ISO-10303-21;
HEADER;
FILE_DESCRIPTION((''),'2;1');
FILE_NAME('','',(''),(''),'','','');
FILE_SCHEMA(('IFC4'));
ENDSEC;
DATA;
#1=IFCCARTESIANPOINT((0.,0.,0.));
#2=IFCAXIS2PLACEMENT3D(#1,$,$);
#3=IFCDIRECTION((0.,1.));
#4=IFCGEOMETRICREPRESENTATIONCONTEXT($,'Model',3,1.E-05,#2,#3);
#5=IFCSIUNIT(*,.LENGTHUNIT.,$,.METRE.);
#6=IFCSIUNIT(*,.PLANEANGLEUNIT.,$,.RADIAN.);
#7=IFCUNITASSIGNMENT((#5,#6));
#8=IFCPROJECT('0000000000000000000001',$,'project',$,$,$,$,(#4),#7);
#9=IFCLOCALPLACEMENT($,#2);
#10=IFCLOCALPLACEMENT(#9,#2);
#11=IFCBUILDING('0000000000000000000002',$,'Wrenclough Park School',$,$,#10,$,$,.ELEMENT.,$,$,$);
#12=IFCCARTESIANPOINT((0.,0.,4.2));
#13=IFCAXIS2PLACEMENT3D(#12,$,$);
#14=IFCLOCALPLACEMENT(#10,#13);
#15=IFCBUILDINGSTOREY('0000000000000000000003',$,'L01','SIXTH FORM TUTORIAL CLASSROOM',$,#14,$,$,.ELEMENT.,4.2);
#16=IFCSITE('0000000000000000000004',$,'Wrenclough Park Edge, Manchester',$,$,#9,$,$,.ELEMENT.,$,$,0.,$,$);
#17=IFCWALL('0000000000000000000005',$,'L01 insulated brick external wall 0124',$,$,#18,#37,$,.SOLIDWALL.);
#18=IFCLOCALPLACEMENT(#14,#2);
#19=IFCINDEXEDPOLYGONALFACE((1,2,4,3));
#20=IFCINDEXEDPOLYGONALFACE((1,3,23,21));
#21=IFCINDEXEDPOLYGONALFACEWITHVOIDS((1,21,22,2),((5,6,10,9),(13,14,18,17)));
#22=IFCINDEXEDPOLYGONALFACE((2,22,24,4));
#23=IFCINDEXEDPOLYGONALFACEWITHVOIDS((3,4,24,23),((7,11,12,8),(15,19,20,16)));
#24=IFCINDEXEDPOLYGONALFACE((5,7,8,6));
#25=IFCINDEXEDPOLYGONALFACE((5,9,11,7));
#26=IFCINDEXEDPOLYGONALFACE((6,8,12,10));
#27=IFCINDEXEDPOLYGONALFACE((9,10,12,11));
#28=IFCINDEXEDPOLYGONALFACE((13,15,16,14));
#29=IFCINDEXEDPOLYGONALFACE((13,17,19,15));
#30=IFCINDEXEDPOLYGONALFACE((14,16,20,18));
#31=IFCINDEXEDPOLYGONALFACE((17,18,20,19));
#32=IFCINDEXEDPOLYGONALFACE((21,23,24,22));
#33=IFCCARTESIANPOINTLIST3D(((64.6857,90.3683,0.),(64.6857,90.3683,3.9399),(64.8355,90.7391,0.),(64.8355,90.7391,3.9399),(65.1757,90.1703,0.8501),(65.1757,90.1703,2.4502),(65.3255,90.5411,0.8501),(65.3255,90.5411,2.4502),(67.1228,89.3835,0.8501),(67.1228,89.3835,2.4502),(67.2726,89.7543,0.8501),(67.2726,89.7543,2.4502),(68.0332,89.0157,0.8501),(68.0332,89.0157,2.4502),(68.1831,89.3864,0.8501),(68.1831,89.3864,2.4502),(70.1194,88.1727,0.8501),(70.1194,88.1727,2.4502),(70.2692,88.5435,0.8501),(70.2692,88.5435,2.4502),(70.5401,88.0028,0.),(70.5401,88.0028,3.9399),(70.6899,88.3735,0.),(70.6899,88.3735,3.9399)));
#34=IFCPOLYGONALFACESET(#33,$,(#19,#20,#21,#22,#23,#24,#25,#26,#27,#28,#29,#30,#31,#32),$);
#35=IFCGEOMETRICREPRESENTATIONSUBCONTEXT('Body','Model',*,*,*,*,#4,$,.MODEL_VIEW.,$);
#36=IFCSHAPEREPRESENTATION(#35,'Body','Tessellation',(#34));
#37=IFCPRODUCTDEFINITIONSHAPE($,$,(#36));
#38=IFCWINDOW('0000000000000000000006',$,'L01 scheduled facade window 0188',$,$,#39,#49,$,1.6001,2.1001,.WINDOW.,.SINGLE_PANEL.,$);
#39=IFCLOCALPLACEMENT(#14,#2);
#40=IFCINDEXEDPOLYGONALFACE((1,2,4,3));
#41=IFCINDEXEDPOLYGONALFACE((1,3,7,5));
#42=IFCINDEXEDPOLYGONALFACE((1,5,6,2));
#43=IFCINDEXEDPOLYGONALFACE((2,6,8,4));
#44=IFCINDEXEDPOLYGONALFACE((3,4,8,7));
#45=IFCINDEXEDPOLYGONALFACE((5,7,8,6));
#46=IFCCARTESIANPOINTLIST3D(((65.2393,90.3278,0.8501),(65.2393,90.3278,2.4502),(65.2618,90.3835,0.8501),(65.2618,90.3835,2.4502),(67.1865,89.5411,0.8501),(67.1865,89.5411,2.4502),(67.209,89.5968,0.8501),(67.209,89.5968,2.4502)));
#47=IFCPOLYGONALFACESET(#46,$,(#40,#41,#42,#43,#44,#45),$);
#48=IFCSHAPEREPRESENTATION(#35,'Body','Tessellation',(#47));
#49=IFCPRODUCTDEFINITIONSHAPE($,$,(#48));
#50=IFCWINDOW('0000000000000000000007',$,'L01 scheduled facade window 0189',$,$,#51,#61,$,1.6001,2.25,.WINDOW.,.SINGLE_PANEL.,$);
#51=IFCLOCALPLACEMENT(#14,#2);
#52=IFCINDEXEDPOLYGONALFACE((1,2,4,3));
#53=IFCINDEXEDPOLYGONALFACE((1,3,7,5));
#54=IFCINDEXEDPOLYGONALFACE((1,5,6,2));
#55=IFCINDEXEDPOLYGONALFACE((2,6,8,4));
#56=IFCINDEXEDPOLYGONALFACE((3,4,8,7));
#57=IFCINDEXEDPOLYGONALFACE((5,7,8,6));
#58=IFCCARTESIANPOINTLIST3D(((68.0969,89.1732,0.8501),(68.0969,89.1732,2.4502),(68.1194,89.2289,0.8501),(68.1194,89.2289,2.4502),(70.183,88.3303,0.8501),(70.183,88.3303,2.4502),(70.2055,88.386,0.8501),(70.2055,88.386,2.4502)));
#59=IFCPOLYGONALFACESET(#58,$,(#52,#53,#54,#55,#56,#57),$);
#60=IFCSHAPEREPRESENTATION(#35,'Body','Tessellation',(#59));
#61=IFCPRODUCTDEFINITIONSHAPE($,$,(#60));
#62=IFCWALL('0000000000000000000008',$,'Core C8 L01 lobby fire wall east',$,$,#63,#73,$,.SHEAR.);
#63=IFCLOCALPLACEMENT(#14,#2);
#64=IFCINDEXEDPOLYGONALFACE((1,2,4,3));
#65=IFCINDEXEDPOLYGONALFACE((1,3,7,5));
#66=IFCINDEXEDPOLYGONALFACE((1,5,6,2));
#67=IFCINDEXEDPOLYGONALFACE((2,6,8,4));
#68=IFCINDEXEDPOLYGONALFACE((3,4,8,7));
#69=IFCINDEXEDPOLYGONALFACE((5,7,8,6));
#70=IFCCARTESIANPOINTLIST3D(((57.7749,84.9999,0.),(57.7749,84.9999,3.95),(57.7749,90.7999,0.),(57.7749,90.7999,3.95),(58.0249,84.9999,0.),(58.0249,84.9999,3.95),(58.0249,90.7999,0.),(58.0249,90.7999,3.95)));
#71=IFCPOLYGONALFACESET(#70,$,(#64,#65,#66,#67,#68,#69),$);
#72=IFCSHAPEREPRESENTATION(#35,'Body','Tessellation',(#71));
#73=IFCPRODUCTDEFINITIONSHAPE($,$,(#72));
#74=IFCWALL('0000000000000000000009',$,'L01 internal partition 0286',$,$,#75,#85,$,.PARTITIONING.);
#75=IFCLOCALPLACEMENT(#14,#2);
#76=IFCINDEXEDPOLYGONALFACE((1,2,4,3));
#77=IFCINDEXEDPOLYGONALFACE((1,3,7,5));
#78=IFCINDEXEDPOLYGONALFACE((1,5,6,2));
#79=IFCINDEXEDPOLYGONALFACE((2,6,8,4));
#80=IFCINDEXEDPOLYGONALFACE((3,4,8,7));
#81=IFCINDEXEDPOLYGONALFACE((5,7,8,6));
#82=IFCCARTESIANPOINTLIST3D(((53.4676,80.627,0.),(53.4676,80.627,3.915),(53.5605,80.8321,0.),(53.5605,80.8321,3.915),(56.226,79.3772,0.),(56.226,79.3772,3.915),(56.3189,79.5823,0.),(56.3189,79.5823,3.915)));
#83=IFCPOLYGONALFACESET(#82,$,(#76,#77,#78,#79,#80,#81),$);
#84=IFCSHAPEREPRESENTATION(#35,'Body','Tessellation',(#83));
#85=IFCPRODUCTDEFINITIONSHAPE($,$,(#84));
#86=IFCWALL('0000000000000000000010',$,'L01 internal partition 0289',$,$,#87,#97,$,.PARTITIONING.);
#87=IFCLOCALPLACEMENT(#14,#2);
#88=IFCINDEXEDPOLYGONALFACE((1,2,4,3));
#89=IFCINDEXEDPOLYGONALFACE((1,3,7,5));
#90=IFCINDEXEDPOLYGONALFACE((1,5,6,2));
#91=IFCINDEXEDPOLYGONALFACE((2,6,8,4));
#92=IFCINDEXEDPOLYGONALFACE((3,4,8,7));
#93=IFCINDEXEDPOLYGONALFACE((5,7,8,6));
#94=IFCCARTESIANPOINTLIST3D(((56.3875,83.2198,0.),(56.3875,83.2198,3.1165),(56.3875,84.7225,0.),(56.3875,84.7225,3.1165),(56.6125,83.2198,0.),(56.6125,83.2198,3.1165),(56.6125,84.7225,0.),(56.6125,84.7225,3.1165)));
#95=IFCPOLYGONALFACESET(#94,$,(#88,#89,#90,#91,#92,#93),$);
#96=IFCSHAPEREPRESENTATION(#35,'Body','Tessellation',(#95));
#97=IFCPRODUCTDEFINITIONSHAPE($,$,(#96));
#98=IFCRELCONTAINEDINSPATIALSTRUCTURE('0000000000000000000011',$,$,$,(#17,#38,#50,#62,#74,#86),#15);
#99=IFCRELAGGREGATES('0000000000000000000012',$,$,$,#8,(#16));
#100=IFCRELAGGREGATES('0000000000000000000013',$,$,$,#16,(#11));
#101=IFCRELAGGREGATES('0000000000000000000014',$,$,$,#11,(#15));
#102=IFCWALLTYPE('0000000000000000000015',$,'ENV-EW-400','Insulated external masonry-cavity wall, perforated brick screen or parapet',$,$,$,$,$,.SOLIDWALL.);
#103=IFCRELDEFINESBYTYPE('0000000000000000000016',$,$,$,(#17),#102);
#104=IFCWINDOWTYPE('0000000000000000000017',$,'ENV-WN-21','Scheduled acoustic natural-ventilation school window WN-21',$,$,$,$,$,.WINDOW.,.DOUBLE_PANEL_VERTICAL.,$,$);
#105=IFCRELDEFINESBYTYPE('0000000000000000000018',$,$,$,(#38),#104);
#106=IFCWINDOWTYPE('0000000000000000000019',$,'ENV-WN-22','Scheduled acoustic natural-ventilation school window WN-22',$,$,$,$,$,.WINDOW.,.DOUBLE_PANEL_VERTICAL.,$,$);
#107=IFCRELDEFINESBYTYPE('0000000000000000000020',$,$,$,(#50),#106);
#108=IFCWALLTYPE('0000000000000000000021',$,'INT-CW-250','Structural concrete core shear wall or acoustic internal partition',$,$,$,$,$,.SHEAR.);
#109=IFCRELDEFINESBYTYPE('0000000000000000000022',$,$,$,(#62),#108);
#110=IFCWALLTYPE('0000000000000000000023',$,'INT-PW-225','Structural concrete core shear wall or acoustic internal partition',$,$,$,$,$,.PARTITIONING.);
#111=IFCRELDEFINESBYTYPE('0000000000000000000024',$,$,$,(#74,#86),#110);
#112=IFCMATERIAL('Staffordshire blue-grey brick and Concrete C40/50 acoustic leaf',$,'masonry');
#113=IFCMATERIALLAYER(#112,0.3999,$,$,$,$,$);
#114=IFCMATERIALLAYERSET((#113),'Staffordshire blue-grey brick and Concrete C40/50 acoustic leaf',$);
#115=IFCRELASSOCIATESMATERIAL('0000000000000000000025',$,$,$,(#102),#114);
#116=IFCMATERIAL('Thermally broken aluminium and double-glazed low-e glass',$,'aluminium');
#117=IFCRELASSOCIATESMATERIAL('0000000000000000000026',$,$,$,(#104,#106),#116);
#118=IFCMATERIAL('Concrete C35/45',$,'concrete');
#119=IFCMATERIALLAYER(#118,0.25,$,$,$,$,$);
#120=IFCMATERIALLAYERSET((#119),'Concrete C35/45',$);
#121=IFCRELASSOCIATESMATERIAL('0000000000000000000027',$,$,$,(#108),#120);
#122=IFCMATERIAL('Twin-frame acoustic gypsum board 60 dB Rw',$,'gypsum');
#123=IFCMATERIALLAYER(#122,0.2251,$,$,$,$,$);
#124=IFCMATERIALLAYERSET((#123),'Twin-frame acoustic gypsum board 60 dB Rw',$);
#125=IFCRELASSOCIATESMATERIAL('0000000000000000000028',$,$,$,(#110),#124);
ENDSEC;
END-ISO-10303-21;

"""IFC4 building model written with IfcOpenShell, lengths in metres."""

from ifc_helpers import new_model, si_unit, direction, frame, frame_2d, origin, place, context, subcontext, project, spatial, rectangle, extrude, material, layer, layer_set, type_object, element, fill, save


model = new_model("IFC4")

# Units and contexts
model_context = context("Model", 3, precision=1e-05, world=origin(), true_north=direction((0.0, 1.0)))
body_context = subcontext(model_context, "Body", "Model", "MODEL_VIEW")
ifc_project = project(units=[si_unit("LENGTHUNIT", "METRE"), si_unit("PLANEANGLEUNIT", "RADIAN")], contexts=[model_context])

# Site, building, storey
site_placement = place(None, origin())
site = spatial("IfcSite", under=ifc_project, at=site_placement, Name="Wrenclough Park Edge, Manchester", CompositionType="ELEMENT", RefElevation=0.0)
building_placement = place(site_placement, origin())
building = spatial("IfcBuilding", under=site, at=building_placement, Name="Wrenclough Park School", CompositionType="ELEMENT")
storey_placement = place(building_placement, frame((0.0, 0.0, 4.2)))
storey = spatial("IfcBuildingStorey", under=building, at=storey_placement, Name="L01", Description="SIXTH FORM TUTORIAL CLASSROOM", CompositionType="ELEMENT", Elevation=4.2)

# Wall, openings, windows
ifc_material_1 = material(Name="Staffordshire blue-grey brick and Concrete C40/50 acoustic leaf", Category="masonry")
ifc_layer_1 = layer(ifc_material_1, 0.3999)
ifc_layer_set_1 = layer_set([ifc_layer_1], Name="Staffordshire blue-grey brick and Concrete C40/50 acoustic leaf")
wall_type_1 = type_object("IfcWallType", Name="ENV-EW-400", Description="Insulated external masonry-cavity wall, perforated brick screen or parapet", PredefinedType="SOLIDWALL", material=ifc_layer_set_1)
wall_1_placement = place(storey_placement, frame((64.7605, 90.5537, 0.0), z_axis=(0.0, 0.0, 1.0), x_axis=(0.927172, -0.374635, 0.0)))
wall_1 = element("IfcWall", 1, at=wall_1_placement, inside=storey, type_object=wall_type_1, Name="L01 insulated brick external wall 0124", PredefinedType="SOLIDWALL", context=body_context, shape_type="SweptSolid", body=[
    extrude(rectangle(XDim=6.3142, YDim=0.3999, at=frame_2d((3.1572, 0.0))), origin(), (0.0, 0.0, 1.0), 3.9399),
])
opening_1_placement = place(wall_1_placement, frame((0.5286, 0.0, 0.8501)))
opening_1 = element("IfcOpeningElement", 2, at=opening_1_placement, cuts=wall_1, PredefinedType="OPENING", context=body_context, shape_type="SweptSolid", body=[
    extrude(rectangle(XDim=2.1001, YDim=1.6001, at=frame_2d((1.05, 0.8))), frame((0.0, 0.21, 0.0), z_axis=(0.0, -1.0, 0.0), x_axis=(1.0, 0.0, 0.0)), (0.0, 0.0, 1.0), 0.4199),
])
opening_2_placement = place(wall_1_placement, frame((3.6106, 0.0, 0.8501)))
opening_2 = element("IfcOpeningElement", 3, at=opening_2_placement, cuts=wall_1, PredefinedType="OPENING", context=body_context, shape_type="SweptSolid", body=[
    extrude(rectangle(XDim=2.25, YDim=1.6001, at=frame_2d((1.125, 0.8))), frame((0.0, 0.21, 0.0), z_axis=(0.0, -1.0, 0.0), x_axis=(1.0, 0.0, 0.0)), (0.0, 0.0, 1.0), 0.4199),
])
ifc_material_2 = material(Name="Thermally broken aluminium and double-glazed low-e glass", Category="aluminium")
window_type_1 = type_object("IfcWindowType", Name="ENV-WN-21", Description="Scheduled acoustic natural-ventilation school window WN-21", PartitioningType="DOUBLE_PANEL_VERTICAL", PredefinedType="WINDOW", material=ifc_material_2)
window_1_placement = place(opening_1_placement, origin())
window_1 = element("IfcWindow", 4, at=window_1_placement, inside=storey, type_object=window_type_1, Name="L01 scheduled facade window 0188", OverallHeight=1.6001, OverallWidth=2.1001, PartitioningType="SINGLE_PANEL", PredefinedType="WINDOW", context=body_context, shape_type="SweptSolid", body=[
    extrude(rectangle(XDim=2.1001, YDim=1.6001, at=frame_2d((1.05, 0.8))), frame((0.0, 0.03, 0.0), z_axis=(0.0, -1.0, 0.0), x_axis=(1.0, 0.0, 0.0)), (0.0, 0.0, 1.0), 0.0601),
])
fill(opening_1, window_1)
window_type_2 = type_object("IfcWindowType", Name="ENV-WN-22", Description="Scheduled acoustic natural-ventilation school window WN-22", PartitioningType="DOUBLE_PANEL_VERTICAL", PredefinedType="WINDOW", material=ifc_material_2)
window_2_placement = place(opening_2_placement, origin())
window_2 = element("IfcWindow", 5, at=window_2_placement, inside=storey, type_object=window_type_2, Name="L01 scheduled facade window 0189", OverallHeight=1.6001, OverallWidth=2.25, PartitioningType="SINGLE_PANEL", PredefinedType="WINDOW", context=body_context, shape_type="SweptSolid", body=[
    extrude(rectangle(XDim=2.25, YDim=1.6001, at=frame_2d((1.125, 0.8))), frame((0.0, 0.03, 0.0), z_axis=(0.0, -1.0, 0.0), x_axis=(1.0, 0.0, 0.0)), (0.0, 0.0, 1.0), 0.0601),
])
fill(opening_2, window_2)

# Wall
ifc_material_3 = material(Name="Concrete C35/45", Category="concrete")
ifc_layer_2 = layer(ifc_material_3, 0.25)
ifc_layer_set_2 = layer_set([ifc_layer_2], Name="Concrete C35/45")
wall_type_2 = type_object("IfcWallType", Name="INT-CW-250", Description="Structural concrete core shear wall or acoustic internal partition", PredefinedType="SHEAR", material=ifc_layer_set_2)
wall_2_placement = place(storey_placement, frame((57.8999, 85.0, 0.0), z_axis=(0.0, 0.0, 1.0), x_axis=(0.0, 1.0, 0.0)))
element("IfcWall", 6, at=wall_2_placement, inside=storey, type_object=wall_type_2, Name="Core C8 L01 lobby fire wall east", PredefinedType="SHEAR", context=body_context, shape_type="SweptSolid", body=[
    extrude(rectangle(XDim=5.8, YDim=0.25, at=frame_2d((2.8999, 0.0))), origin(), (0.0, 0.0, 1.0), 3.95),
])

# Walls
ifc_material_4 = material(Name="Twin-frame acoustic gypsum board 60 dB Rw", Category="gypsum")
ifc_layer_3 = layer(ifc_material_4, 0.2251)
ifc_layer_set_3 = layer_set([ifc_layer_3], Name="Twin-frame acoustic gypsum board 60 dB Rw")
wall_type_3 = type_object("IfcWallType", Name="INT-PW-225", Description="Structural concrete core shear wall or acoustic internal partition", PredefinedType="PARTITIONING", material=ifc_layer_set_3)
wall_3_placement = place(storey_placement, frame((56.2725, 79.4797, 0.0), z_axis=(0.0, 0.0, 1.0), x_axis=(-0.910866, 0.412703, 0.0)))
element("IfcWall", 7, at=wall_3_placement, inside=storey, type_object=wall_type_3, Name="L01 internal partition 0286", PredefinedType="PARTITIONING", context=body_context, shape_type="SweptSolid", body=[
    extrude(rectangle(XDim=3.0283, YDim=0.2251, at=frame_2d((1.5142, 0.0))), origin(), (0.0, 0.0, 1.0), 3.915),
])
wall_4_placement = place(storey_placement, frame((56.5, 83.2197, 0.0), z_axis=(0.0, 0.0, 1.0), x_axis=(0.0, 1.0, 0.0)))
element("IfcWall", 8, at=wall_4_placement, inside=storey, type_object=wall_type_3, Name="L01 internal partition 0289", PredefinedType="PARTITIONING", context=body_context, shape_type="SweptSolid", body=[
    extrude(rectangle(XDim=1.5027, YDim=0.2251, at=frame_2d((0.7515, 0.0))), origin(), (0.0, 0.0, 1.0), 3.1165),
])

save(model, "model.ifc")
